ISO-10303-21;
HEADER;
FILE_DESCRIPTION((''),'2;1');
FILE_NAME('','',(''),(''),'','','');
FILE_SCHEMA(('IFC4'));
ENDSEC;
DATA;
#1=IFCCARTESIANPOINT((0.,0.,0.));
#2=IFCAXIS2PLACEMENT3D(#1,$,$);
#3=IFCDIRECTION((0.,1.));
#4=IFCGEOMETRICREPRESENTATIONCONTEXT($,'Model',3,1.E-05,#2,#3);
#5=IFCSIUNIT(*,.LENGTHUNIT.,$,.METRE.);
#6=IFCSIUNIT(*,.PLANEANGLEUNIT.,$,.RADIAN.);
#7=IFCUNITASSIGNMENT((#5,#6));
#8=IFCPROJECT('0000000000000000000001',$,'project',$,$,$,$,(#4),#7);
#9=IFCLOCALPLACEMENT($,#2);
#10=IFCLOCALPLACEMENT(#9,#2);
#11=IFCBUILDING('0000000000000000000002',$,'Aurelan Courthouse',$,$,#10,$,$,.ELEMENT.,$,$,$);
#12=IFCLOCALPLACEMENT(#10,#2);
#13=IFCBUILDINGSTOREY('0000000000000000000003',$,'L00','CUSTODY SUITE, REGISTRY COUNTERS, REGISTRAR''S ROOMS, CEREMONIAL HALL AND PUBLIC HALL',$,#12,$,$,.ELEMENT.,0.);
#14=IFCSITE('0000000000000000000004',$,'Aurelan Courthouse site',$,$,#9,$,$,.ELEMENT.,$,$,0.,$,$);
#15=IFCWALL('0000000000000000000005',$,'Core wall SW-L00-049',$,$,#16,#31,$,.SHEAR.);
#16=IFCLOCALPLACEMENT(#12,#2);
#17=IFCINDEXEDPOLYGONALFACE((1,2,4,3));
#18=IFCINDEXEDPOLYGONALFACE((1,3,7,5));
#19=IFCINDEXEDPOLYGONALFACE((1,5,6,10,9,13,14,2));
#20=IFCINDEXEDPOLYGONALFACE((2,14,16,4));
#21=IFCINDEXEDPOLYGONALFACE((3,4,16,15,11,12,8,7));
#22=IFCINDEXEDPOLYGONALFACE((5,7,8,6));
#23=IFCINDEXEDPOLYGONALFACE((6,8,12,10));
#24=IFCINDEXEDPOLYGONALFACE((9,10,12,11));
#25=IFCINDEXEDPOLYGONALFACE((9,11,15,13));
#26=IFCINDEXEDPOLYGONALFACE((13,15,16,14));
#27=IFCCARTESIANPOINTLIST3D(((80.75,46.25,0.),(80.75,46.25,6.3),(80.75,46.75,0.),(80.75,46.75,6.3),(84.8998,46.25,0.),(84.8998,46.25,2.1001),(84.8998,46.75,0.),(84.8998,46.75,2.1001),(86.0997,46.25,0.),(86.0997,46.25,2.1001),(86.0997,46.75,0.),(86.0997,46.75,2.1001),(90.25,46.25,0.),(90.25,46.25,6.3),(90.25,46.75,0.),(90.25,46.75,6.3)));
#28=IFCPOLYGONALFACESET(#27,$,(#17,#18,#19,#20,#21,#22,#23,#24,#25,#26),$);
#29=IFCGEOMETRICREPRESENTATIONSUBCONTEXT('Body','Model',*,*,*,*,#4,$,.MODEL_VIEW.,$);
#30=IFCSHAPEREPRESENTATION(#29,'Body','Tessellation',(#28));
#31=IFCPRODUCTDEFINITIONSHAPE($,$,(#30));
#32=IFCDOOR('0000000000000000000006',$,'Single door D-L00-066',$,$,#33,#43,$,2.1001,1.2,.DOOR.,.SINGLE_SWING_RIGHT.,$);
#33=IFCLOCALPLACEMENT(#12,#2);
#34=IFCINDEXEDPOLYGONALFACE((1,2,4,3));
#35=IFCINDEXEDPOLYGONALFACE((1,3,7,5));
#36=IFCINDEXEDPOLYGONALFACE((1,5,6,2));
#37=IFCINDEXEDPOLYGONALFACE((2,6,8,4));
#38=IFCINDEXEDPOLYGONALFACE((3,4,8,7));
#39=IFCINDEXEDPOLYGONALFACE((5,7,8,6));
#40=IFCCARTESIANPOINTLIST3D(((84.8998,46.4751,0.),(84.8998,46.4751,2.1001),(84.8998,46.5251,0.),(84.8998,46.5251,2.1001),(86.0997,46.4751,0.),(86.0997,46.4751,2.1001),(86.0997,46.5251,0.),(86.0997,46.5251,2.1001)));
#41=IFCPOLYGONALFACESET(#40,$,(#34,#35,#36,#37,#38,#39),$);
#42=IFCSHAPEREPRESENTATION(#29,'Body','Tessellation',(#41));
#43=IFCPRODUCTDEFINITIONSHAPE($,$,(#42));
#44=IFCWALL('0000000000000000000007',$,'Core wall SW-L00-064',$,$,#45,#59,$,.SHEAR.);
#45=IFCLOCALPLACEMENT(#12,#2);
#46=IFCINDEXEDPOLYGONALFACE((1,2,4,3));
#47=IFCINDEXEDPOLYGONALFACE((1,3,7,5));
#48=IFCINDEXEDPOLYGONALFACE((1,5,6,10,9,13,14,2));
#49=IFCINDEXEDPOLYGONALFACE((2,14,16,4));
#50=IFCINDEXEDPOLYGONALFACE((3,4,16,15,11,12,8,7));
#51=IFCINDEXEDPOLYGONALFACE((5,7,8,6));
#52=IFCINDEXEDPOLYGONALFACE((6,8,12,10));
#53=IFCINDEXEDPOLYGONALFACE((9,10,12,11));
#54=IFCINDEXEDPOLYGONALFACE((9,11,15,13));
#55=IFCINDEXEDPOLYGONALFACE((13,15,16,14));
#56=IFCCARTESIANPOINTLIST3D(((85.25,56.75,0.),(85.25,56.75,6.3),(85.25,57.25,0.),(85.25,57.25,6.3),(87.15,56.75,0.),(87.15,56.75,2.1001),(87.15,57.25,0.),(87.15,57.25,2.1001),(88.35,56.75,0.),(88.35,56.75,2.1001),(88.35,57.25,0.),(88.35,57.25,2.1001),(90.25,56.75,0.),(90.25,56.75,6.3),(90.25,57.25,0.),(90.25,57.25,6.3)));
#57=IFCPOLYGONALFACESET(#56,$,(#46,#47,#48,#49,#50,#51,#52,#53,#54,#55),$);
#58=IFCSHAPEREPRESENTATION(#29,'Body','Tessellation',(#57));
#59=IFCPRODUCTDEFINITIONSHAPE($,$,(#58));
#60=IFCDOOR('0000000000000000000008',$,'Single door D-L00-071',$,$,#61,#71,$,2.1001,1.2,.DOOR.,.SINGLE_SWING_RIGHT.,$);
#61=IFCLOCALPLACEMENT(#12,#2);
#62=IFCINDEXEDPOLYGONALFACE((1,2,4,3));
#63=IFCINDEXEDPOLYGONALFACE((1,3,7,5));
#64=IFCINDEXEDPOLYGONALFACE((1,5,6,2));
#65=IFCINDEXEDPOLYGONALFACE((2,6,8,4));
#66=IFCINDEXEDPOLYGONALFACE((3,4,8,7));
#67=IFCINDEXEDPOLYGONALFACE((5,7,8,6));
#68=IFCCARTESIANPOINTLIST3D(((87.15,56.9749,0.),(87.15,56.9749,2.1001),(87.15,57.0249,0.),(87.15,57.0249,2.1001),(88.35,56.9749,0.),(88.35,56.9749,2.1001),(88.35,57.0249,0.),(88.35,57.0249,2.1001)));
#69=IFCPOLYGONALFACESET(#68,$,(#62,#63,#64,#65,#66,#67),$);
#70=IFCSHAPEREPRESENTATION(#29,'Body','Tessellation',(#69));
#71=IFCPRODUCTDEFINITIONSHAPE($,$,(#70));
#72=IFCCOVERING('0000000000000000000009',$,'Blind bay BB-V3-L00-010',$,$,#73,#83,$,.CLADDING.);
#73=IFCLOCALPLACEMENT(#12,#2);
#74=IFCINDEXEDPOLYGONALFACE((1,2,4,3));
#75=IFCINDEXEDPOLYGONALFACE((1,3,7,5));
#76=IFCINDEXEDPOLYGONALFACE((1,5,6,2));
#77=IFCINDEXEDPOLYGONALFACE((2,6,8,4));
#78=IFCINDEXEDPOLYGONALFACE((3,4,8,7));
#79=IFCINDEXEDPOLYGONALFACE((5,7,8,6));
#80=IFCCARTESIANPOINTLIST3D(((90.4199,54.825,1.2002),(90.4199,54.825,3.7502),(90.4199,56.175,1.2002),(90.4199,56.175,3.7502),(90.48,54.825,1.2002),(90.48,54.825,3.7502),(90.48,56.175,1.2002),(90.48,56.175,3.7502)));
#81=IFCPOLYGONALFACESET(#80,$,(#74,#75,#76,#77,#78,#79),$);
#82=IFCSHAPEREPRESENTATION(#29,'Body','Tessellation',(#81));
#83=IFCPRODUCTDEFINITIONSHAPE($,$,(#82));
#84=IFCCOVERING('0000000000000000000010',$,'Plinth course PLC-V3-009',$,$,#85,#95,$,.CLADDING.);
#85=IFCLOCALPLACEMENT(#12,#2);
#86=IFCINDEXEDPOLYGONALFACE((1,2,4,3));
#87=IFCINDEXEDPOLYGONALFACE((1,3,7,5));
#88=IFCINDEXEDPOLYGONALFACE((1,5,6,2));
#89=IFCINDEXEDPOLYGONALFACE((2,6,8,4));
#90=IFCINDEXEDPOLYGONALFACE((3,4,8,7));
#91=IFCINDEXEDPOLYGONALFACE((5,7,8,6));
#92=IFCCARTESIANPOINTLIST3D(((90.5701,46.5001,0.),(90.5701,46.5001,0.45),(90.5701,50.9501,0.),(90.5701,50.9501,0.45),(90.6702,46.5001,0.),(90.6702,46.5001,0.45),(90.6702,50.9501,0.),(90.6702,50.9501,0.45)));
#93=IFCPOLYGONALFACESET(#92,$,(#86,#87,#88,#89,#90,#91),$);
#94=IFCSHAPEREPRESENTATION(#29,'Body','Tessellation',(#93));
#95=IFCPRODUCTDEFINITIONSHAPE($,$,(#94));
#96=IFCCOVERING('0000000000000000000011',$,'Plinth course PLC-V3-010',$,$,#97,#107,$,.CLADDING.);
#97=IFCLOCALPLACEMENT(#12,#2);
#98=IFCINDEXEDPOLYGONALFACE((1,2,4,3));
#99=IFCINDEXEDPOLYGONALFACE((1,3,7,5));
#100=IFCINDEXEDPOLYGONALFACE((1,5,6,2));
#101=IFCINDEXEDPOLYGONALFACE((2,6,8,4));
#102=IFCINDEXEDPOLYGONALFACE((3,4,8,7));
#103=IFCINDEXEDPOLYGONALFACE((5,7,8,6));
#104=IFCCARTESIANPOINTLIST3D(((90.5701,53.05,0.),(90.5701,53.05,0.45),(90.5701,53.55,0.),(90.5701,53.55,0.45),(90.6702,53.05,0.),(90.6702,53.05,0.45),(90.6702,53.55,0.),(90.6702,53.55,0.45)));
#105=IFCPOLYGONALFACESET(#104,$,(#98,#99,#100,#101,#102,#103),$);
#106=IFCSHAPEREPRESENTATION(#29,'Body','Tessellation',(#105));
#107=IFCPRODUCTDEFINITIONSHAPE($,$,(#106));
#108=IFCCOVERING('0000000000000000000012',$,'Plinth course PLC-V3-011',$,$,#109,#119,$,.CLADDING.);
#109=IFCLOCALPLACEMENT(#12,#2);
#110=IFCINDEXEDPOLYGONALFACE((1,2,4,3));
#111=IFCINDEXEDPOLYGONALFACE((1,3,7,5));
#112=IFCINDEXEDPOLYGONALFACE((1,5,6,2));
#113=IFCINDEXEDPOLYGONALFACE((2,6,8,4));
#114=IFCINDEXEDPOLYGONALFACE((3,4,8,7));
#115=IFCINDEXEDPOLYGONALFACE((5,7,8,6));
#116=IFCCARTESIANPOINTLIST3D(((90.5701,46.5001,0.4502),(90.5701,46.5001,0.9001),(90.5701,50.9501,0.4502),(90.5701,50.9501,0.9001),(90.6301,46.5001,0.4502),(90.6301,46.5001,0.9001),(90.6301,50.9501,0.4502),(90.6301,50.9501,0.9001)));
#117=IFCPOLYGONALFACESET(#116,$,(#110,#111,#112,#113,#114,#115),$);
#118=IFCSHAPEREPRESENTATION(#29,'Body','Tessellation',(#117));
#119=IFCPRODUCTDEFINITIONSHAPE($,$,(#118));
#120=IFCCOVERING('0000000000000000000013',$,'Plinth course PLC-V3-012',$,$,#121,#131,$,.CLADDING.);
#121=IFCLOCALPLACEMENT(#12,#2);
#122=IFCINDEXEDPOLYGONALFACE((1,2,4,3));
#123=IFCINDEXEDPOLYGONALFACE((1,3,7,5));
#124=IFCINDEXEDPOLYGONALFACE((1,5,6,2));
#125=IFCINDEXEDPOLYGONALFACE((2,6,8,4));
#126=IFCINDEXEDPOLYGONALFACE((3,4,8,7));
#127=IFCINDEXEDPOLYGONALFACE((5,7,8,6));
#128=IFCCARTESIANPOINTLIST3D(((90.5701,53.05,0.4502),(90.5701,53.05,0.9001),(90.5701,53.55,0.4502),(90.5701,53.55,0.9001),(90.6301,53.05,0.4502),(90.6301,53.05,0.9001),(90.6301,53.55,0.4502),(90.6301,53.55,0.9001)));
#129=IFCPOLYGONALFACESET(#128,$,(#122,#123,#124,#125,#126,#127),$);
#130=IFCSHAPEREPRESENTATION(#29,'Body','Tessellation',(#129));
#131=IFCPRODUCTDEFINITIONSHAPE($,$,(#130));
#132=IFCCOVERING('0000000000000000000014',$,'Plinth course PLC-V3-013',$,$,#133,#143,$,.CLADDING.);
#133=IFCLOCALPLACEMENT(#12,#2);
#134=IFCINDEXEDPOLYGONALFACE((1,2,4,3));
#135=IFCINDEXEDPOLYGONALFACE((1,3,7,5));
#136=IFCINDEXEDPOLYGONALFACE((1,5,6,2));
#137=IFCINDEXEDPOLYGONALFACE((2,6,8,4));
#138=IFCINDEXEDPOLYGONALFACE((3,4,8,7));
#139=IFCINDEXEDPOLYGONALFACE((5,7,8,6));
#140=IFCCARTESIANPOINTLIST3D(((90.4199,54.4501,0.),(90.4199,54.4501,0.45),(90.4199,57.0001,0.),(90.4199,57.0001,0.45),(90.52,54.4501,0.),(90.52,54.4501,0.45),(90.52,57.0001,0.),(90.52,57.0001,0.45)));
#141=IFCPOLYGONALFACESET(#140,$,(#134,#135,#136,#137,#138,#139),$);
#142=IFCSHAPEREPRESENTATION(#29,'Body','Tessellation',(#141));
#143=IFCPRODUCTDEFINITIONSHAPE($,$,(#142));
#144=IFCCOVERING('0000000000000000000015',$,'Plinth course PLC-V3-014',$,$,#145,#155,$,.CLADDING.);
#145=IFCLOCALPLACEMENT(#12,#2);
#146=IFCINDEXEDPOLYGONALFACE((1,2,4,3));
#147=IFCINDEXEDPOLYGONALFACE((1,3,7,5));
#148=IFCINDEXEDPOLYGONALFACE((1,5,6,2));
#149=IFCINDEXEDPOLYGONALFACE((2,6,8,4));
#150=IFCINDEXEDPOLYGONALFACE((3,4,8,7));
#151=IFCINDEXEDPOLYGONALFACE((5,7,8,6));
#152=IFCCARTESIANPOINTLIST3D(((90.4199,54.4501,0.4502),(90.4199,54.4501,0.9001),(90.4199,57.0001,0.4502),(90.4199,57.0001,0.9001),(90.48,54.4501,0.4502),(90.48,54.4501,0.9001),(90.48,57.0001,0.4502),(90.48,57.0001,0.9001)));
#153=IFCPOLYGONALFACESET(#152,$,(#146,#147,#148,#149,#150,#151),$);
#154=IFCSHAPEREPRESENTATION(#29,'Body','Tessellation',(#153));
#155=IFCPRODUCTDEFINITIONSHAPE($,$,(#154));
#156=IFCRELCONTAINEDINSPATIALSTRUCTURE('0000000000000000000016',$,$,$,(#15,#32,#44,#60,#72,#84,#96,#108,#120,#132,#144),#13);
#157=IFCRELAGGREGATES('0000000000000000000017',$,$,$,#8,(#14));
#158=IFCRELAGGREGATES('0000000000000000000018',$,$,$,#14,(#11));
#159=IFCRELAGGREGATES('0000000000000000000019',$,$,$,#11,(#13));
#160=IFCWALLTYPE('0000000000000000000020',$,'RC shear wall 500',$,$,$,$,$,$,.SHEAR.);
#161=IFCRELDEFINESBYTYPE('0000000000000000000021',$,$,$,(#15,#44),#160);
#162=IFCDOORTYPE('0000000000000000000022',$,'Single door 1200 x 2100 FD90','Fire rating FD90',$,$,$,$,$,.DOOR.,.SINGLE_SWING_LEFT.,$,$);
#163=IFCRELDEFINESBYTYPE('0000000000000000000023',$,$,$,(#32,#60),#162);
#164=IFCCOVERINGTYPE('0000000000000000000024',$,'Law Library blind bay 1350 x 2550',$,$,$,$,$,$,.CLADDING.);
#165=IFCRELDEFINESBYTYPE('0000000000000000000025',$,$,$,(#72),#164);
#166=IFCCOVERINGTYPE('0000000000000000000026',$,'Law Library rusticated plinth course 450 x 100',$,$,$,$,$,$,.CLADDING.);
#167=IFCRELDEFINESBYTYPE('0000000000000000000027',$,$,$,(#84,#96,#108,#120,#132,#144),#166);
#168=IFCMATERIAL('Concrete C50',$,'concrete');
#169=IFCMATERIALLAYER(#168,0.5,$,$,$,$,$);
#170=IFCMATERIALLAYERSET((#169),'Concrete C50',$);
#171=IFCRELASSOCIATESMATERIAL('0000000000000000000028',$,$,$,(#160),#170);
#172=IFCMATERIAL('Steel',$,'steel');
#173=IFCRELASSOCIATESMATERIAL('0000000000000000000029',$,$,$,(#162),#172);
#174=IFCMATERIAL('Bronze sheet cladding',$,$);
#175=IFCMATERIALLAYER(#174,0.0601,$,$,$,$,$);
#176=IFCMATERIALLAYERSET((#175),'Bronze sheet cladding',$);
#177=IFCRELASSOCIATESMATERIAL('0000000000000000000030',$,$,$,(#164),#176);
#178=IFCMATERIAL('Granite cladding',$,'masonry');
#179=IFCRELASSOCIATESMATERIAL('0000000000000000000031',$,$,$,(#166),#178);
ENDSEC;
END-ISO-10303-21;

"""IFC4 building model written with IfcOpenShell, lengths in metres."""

from ifc_helpers import new_model, si_unit, direction, frame, frame_2d, origin, origin_2d, place, context, subcontext, project, spatial, rectangle, extrude, material, layer, layer_set, type_object, element, fill, save


model = new_model("IFC4")

# Units and contexts
model_context = context("Model", 3, precision=1e-05, world=origin(), true_north=direction((0.0, 1.0)))
body_context = subcontext(model_context, "Body", "Model", "MODEL_VIEW")
ifc_project = project(units=[si_unit("LENGTHUNIT", "METRE"), si_unit("PLANEANGLEUNIT", "RADIAN")], contexts=[model_context])

# Site, building, storey
site_placement = place(None, origin())
site = spatial("IfcSite", under=ifc_project, at=site_placement, Name="Aurelan Courthouse site", CompositionType="ELEMENT", RefElevation=0.0)
building_placement = place(site_placement, origin())
building = spatial("IfcBuilding", under=site, at=building_placement, Name="Aurelan Courthouse", CompositionType="ELEMENT")
storey_placement = place(building_placement, origin())
storey = spatial("IfcBuildingStorey", under=building, at=storey_placement, Name="L00", Description="CUSTODY SUITE, REGISTRY COUNTERS, REGISTRAR'S ROOMS, CEREMONIAL HALL AND PUBLIC HALL", CompositionType="ELEMENT", Elevation=0.0)

# Shared definitions
ifc_material_1 = material(Name="Concrete C50", Category="concrete")

# Shared definitions
ifc_material_2 = material(Name="Granite cladding", Category="masonry")

# Walls, openings, doors
ifc_layer_1 = layer(ifc_material_1, 0.5)
ifc_layer_set_1 = layer_set([ifc_layer_1], Name="Concrete C50")
wall_type_1 = type_object("IfcWallType", Name="RC shear wall 500", PredefinedType="SHEAR", material=ifc_layer_set_1)
wall_1_placement = place(storey_placement, frame((80.75, 46.5, 0.0), z_axis=(0.0, 0.0, 1.0), x_axis=(1.0, 0.0, 0.0)))
wall_1 = element("IfcWall", 1, at=wall_1_placement, inside=storey, type_object=wall_type_1, Name="Core wall SW-L00-049", PredefinedType="SHEAR", context=body_context, shape_type="SweptSolid", body=[
    extrude(rectangle(XDim=9.5, YDim=0.5, at=frame_2d((4.75, 0.0))), origin(), (0.0, 0.0, 1.0), 6.3),
])
opening_1_placement = place(wall_1_placement, frame((5.3499, 0.0, 0.0), z_axis=(0.0, 0.0, 1.0), x_axis=(-1.0, 0.0, 0.0)))
opening_1 = element("IfcOpeningElement", 2, at=opening_1_placement, cuts=wall_1, PredefinedType="OPENING", context=body_context, shape_type="SweptSolid", body=[
    extrude(rectangle(XDim=1.2, YDim=2.1001, at=frame_2d((0.6001, 1.05))), frame((0.0, 0.26, 0.0), z_axis=(0.0, -1.0, 0.0), x_axis=(1.0, 0.0, 0.0)), (0.0, 0.0, 1.0), 0.52),
])
ifc_material_3 = material(Name="Steel", Category="steel")
door_type_1 = type_object("IfcDoorType", Name="Single door 1200 x 2100 FD90", Description="Fire rating FD90", OperationType="SINGLE_SWING_LEFT", PredefinedType="DOOR", material=ifc_material_3)
door_1_placement = place(opening_1_placement, origin())
door_1 = element("IfcDoor", 3, at=door_1_placement, inside=storey, type_object=door_type_1, Name="Single door D-L00-066", OperationType="SINGLE_SWING_RIGHT", OverallHeight=2.1001, OverallWidth=1.2, PredefinedType="DOOR", context=body_context, shape_type="SweptSolid", body=[
    extrude(rectangle(XDim=1.2, YDim=2.1001, at=frame_2d((0.6001, 1.05))), frame((0.0, 0.0249, 0.0), z_axis=(0.0, -1.0, 0.0), x_axis=(1.0, 0.0, 0.0)), (0.0, 0.0, 1.0), 0.05),
])
fill(opening_1, door_1)
wall_2_placement = place(storey_placement, frame((85.25, 57.0, 0.0), z_axis=(0.0, 0.0, 1.0), x_axis=(1.0, 0.0, 0.0)))
wall_2 = element("IfcWall", 4, at=wall_2_placement, inside=storey, type_object=wall_type_1, Name="Core wall SW-L00-064", PredefinedType="SHEAR", context=body_context, shape_type="SweptSolid", body=[
    extrude(rectangle(XDim=5.0, YDim=0.5, at=frame_2d((2.5, 0.0))), origin(), (0.0, 0.0, 1.0), 6.3),
])
opening_2_placement = place(wall_2_placement, frame((1.8999, 0.0, 0.0)))
opening_2 = element("IfcOpeningElement", 5, at=opening_2_placement, cuts=wall_2, PredefinedType="OPENING", context=body_context, shape_type="SweptSolid", body=[
    extrude(rectangle(XDim=1.2, YDim=2.1001, at=frame_2d((0.6001, 1.05))), frame((0.0, 0.26, 0.0), z_axis=(0.0, -1.0, 0.0), x_axis=(1.0, 0.0, 0.0)), (0.0, 0.0, 1.0), 0.52),
])
door_2_placement = place(opening_2_placement, origin())
door_2 = element("IfcDoor", 6, at=door_2_placement, inside=storey, type_object=door_type_1, Name="Single door D-L00-071", OperationType="SINGLE_SWING_RIGHT", OverallHeight=2.1001, OverallWidth=1.2, PredefinedType="DOOR", context=body_context, shape_type="SweptSolid", body=[
    extrude(rectangle(XDim=1.2, YDim=2.1001, at=frame_2d((0.6001, 1.05))), frame((0.0, 0.0249, 0.0), z_axis=(0.0, -1.0, 0.0), x_axis=(1.0, 0.0, 0.0)), (0.0, 0.0, 1.0), 0.05),
])
fill(opening_2, door_2)

# Coverings
ifc_material_4 = material(Name="Bronze sheet cladding")
ifc_layer_2 = layer(ifc_material_4, 0.0601)
ifc_layer_set_2 = layer_set([ifc_layer_2], Name="Bronze sheet cladding")
covering_type_1 = type_object("IfcCoveringType", Name="Law Library blind bay 1350 x 2550", PredefinedType="CLADDING", material=ifc_layer_set_2)
covering_1_placement = place(storey_placement, frame((90.45, 55.5, 1.2002), z_axis=(0.0, 0.0, 1.0), x_axis=(1.0, 0.0, 0.0)))
element("IfcCovering", 7, at=covering_1_placement, inside=storey, type_object=covering_type_1, Name="Blind bay BB-V3-L00-010", PredefinedType="CLADDING", context=body_context, shape_type="SweptSolid", body=[
    extrude(rectangle(XDim=0.0601, YDim=1.3501, at=origin_2d()), origin(), (0.0, 0.0, 1.0), 2.55),
])
covering_type_2 = type_object("IfcCoveringType", Name="Law Library rusticated plinth course 450 x 100", PredefinedType="CLADDING", material=ifc_material_2)
covering_2_placement = place(storey_placement, frame((90.6201, 48.7251, 0.0), z_axis=(0.0, 0.0, 1.0), x_axis=(1.0, 0.0, 0.0)))
element("IfcCovering", 8, at=covering_2_placement, inside=storey, type_object=covering_type_2, Name="Plinth course PLC-V3-009", PredefinedType="CLADDING", context=body_context, shape_type="SweptSolid", body=[
    extrude(rectangle(XDim=0.1001, YDim=4.45, at=origin_2d()), origin(), (0.0, 0.0, 1.0), 0.45),
])
covering_3_placement = place(storey_placement, frame((90.6201, 53.3, 0.0), z_axis=(0.0, 0.0, 1.0), x_axis=(1.0, 0.0, 0.0)))
element("IfcCovering", 9, at=covering_3_placement, inside=storey, type_object=covering_type_2, Name="Plinth course PLC-V3-010", PredefinedType="CLADDING", context=body_context, shape_type="SweptSolid", body=[
    extrude(rectangle(XDim=0.1001, YDim=0.5, at=origin_2d()), origin(), (0.0, 0.0, 1.0), 0.45),
])
covering_4_placement = place(storey_placement, frame((90.6001, 48.7251, 0.4502), z_axis=(0.0, 0.0, 1.0), x_axis=(1.0, 0.0, 0.0)))
element("IfcCovering", 10, at=covering_4_placement, inside=storey, type_object=covering_type_2, Name="Plinth course PLC-V3-011", PredefinedType="CLADDING", context=body_context, shape_type="SweptSolid", body=[
    extrude(rectangle(XDim=0.0601, YDim=4.45, at=origin_2d()), origin(), (0.0, 0.0, 1.0), 0.45),
])
covering_5_placement = place(storey_placement, frame((90.6001, 53.3, 0.4502), z_axis=(0.0, 0.0, 1.0), x_axis=(1.0, 0.0, 0.0)))
element("IfcCovering", 11, at=covering_5_placement, inside=storey, type_object=covering_type_2, Name="Plinth course PLC-V3-012", PredefinedType="CLADDING", context=body_context, shape_type="SweptSolid", body=[
    extrude(rectangle(XDim=0.0601, YDim=0.5, at=origin_2d()), origin(), (0.0, 0.0, 1.0), 0.45),
])
covering_6_placement = place(storey_placement, frame((90.47, 55.7251, 0.0), z_axis=(0.0, 0.0, 1.0), x_axis=(1.0, 0.0, 0.0)))
element("IfcCovering", 12, at=covering_6_placement, inside=storey, type_object=covering_type_2, Name="Plinth course PLC-V3-013", PredefinedType="CLADDING", context=body_context, shape_type="SweptSolid", body=[
    extrude(rectangle(XDim=0.1001, YDim=2.55, at=origin_2d()), origin(), (0.0, 0.0, 1.0), 0.45),
])
covering_7_placement = place(storey_placement, frame((90.45, 55.7251, 0.4502), z_axis=(0.0, 0.0, 1.0), x_axis=(1.0, 0.0, 0.0)))
element("IfcCovering", 13, at=covering_7_placement, inside=storey, type_object=covering_type_2, Name="Plinth course PLC-V3-014", PredefinedType="CLADDING", context=body_context, shape_type="SweptSolid", body=[
    extrude(rectangle(XDim=0.0601, YDim=2.55, at=origin_2d()), origin(), (0.0, 0.0, 1.0), 0.45),
])

save(model, "model.ifc")
